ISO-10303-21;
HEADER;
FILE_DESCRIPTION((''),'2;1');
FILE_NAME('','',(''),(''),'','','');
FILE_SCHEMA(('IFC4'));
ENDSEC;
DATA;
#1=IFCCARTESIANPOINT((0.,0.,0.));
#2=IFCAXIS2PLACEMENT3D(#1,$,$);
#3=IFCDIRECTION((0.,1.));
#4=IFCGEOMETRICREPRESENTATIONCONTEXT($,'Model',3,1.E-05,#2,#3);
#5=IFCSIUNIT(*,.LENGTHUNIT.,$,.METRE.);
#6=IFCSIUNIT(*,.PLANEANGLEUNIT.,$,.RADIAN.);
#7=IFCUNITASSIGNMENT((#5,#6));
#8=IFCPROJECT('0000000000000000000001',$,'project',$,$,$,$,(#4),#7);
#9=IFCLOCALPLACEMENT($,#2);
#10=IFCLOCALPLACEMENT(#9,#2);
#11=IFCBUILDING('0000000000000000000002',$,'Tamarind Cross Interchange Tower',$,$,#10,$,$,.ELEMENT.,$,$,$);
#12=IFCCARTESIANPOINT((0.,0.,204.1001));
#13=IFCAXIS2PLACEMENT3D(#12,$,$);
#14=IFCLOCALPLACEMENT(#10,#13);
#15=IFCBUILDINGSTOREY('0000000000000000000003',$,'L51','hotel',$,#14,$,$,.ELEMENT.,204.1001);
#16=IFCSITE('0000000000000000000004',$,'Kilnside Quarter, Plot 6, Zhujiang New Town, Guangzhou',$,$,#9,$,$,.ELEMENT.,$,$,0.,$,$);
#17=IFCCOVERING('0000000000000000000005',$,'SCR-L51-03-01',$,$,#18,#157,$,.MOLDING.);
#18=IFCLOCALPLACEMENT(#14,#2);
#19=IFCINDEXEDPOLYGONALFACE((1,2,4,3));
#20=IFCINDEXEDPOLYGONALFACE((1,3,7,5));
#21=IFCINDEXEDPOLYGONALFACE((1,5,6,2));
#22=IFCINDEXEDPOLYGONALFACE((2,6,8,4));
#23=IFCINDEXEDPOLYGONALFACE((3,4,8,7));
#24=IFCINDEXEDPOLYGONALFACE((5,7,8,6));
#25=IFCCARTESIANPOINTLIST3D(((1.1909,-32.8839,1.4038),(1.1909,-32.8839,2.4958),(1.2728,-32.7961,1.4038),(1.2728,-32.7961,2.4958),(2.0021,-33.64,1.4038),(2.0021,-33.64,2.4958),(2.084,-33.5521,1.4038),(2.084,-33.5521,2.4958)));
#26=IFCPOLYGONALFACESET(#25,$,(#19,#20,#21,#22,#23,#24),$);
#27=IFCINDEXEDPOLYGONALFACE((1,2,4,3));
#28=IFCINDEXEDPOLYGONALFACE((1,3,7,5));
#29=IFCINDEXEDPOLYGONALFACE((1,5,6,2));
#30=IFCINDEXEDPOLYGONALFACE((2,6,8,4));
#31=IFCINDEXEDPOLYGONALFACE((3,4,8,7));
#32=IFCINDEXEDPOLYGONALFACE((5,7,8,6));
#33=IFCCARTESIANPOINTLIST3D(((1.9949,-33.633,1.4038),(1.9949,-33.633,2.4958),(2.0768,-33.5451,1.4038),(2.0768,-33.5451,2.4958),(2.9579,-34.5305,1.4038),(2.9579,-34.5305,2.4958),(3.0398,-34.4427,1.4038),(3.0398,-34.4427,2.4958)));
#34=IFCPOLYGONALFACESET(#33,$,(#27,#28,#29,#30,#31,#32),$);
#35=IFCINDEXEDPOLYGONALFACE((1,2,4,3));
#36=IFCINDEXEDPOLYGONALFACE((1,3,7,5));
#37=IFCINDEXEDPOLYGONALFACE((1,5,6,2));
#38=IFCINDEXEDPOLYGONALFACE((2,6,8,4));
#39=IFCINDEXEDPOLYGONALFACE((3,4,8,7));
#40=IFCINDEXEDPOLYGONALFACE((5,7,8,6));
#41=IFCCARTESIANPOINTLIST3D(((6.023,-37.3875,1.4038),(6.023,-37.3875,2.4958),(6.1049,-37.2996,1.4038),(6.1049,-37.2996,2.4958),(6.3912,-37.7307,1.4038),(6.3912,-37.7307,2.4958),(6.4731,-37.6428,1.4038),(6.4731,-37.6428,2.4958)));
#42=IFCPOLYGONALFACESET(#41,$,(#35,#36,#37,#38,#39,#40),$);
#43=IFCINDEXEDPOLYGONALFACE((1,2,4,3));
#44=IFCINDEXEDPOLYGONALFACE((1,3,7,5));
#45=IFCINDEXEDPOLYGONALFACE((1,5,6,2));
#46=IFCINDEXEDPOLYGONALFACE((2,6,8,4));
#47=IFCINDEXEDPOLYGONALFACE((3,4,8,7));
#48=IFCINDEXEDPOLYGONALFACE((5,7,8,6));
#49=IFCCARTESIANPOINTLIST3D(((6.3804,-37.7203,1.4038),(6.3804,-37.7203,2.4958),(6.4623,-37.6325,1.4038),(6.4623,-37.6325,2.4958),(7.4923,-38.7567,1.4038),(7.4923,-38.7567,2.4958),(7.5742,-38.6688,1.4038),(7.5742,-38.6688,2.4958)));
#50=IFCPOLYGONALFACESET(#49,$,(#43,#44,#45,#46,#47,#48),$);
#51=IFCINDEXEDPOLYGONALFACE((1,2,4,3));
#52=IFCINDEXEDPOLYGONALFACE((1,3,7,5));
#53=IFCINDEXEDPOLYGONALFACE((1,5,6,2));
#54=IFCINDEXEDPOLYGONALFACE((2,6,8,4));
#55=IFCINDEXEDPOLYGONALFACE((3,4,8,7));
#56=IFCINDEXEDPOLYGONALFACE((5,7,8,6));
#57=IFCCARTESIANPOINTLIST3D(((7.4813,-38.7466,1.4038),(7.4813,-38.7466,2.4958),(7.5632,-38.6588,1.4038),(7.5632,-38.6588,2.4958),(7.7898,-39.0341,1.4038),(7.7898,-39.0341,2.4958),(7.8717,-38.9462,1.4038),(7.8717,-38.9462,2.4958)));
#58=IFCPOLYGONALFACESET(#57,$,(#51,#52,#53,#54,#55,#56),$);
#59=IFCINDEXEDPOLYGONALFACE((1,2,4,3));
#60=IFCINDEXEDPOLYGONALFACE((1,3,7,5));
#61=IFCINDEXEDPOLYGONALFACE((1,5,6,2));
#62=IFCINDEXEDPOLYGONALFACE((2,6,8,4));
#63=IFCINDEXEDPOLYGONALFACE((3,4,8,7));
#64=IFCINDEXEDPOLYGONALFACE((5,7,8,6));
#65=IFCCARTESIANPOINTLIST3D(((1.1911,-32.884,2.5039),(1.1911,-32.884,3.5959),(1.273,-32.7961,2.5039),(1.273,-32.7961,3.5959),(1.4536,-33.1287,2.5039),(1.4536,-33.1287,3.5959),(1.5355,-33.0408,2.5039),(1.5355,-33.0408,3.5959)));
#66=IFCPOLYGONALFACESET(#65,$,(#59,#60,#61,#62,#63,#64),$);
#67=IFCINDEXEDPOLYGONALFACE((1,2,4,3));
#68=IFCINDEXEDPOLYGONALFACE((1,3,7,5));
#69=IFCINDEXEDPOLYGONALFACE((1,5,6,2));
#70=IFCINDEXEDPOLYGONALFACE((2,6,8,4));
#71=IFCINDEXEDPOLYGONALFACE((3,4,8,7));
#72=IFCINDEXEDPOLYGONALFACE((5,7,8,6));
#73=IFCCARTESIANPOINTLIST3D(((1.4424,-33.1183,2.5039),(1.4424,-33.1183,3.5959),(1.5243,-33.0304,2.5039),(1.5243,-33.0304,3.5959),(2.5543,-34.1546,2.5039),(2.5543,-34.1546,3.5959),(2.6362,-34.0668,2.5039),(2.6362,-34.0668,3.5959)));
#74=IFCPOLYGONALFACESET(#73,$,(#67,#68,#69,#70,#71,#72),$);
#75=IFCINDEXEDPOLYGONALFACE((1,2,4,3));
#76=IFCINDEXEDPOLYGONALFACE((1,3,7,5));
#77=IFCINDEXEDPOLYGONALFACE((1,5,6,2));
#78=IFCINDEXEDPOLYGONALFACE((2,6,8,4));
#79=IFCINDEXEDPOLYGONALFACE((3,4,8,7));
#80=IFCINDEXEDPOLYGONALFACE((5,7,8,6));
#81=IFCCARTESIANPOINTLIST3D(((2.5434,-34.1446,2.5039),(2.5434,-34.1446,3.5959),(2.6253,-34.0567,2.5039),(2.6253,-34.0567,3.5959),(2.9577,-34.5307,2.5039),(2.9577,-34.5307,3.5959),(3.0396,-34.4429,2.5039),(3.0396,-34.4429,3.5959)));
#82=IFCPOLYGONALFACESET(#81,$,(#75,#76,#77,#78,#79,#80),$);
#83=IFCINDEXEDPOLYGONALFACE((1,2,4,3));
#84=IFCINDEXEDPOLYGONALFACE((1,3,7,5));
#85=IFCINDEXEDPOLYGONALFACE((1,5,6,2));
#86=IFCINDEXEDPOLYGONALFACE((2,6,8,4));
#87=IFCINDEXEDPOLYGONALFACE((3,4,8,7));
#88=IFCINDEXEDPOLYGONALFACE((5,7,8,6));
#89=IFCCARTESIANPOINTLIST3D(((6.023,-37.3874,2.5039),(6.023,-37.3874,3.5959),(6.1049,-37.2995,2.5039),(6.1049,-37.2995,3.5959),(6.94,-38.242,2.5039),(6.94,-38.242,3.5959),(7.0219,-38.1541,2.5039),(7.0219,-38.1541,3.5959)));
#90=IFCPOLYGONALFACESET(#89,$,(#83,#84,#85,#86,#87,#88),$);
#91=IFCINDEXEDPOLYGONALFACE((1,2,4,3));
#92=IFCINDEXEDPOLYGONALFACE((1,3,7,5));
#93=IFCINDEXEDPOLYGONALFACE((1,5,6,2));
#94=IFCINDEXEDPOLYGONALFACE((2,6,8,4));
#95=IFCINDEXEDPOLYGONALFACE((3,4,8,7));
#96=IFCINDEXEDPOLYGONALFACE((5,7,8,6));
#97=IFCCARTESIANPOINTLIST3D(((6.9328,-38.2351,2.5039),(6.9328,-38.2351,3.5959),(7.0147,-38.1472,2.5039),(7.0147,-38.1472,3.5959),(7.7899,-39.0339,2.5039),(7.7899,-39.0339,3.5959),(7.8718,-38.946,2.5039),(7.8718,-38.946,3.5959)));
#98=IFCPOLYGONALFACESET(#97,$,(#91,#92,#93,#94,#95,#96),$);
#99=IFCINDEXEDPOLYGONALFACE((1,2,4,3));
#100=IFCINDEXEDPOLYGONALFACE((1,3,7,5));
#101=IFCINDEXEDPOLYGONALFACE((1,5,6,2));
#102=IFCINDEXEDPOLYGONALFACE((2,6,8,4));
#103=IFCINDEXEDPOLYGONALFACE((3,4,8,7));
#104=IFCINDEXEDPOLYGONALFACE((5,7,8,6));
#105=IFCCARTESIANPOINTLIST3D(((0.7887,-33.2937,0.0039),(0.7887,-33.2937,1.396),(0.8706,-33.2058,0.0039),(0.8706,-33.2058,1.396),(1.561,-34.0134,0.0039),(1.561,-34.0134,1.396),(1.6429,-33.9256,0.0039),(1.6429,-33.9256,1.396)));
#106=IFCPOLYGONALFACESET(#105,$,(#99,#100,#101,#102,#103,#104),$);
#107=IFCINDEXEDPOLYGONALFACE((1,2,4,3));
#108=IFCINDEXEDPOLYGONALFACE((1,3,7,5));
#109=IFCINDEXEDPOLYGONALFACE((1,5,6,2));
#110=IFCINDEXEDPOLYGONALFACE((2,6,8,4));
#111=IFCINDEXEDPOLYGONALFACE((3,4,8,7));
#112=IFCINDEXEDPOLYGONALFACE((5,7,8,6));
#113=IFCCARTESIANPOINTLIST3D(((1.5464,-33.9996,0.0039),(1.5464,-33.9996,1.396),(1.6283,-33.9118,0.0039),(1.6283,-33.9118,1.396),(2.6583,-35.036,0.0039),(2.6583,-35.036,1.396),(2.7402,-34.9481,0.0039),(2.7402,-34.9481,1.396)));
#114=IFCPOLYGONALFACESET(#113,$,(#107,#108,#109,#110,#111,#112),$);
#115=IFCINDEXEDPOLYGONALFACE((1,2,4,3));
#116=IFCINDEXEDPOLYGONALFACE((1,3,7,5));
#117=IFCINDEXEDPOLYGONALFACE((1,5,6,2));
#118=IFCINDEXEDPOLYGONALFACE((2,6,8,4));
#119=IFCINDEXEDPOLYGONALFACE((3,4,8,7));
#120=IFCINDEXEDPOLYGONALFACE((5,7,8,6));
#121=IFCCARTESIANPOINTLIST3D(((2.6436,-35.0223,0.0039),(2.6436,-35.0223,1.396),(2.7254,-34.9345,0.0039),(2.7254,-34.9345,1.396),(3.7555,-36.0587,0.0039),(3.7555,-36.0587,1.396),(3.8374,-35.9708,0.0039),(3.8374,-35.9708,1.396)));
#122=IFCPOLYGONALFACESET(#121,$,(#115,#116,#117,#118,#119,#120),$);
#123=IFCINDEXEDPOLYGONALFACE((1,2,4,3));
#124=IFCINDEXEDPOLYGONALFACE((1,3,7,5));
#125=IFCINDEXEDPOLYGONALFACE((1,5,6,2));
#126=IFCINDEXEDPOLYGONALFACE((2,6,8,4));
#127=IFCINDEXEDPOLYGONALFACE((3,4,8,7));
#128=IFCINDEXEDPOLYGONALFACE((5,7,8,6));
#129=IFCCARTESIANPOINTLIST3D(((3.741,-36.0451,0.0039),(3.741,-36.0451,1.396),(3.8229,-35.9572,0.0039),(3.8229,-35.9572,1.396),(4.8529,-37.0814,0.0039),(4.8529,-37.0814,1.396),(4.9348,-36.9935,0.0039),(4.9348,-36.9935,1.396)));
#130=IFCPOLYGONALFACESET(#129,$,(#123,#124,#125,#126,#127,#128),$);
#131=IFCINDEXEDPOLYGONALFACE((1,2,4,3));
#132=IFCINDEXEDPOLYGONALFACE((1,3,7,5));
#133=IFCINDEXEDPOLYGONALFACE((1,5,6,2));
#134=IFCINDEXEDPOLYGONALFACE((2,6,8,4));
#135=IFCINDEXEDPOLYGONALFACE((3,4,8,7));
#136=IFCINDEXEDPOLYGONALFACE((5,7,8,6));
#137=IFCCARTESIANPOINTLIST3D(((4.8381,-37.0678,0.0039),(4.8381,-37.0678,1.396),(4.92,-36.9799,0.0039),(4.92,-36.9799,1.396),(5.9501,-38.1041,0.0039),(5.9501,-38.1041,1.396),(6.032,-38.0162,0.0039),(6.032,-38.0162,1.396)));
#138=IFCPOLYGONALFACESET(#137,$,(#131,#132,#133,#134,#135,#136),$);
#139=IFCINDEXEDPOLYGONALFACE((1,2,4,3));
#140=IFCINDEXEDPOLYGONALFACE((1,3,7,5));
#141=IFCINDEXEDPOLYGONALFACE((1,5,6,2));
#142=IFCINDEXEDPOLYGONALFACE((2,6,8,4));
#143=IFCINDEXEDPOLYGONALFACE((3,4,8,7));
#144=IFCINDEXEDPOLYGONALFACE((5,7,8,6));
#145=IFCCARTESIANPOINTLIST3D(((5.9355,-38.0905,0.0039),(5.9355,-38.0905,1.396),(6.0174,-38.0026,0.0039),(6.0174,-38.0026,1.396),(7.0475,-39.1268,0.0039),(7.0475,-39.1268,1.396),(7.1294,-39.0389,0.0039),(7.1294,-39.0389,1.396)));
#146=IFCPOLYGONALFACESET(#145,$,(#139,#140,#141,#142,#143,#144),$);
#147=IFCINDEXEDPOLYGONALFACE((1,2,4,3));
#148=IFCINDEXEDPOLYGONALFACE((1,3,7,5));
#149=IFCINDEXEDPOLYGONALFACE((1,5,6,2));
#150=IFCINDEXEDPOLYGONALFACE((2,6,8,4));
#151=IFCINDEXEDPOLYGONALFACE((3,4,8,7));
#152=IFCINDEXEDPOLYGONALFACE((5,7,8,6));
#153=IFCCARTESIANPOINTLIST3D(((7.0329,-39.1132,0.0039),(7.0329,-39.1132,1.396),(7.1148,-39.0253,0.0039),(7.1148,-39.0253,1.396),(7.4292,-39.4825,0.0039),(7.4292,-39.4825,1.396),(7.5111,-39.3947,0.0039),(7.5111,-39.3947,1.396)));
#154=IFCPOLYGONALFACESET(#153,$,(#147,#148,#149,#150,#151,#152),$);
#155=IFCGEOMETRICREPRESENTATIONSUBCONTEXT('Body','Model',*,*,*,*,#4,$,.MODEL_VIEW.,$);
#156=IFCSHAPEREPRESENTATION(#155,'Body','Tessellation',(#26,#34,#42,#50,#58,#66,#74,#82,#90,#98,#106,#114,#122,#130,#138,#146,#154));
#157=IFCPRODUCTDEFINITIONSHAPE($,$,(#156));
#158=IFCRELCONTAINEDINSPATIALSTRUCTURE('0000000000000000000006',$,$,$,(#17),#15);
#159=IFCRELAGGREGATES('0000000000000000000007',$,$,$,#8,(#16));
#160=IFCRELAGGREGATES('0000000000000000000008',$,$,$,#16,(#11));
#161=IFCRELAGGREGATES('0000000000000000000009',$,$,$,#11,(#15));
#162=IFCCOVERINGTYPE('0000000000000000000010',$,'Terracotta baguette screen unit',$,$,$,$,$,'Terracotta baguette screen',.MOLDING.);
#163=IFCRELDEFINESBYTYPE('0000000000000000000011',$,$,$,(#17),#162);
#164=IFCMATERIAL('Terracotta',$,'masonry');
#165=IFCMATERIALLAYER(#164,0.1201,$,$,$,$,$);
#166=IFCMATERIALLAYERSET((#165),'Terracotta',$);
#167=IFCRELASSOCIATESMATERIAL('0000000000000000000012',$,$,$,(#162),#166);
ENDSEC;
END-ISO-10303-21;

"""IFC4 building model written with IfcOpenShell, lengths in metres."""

from ifc_helpers import new_model, si_unit, direction, frame, origin, origin_2d, place, context, subcontext, project, spatial, rectangle, extrude, material, layer, layer_set, type_object, element, save


model = new_model("IFC4")

# Units and contexts
model_context = context("Model", 3, precision=1e-05, world=origin(), true_north=direction((0.0, 1.0)))
body_context = subcontext(model_context, "Body", "Model", "MODEL_VIEW")
ifc_project = project(units=[si_unit("LENGTHUNIT", "METRE"), si_unit("PLANEANGLEUNIT", "RADIAN")], contexts=[model_context])

# Site, building, storey
site_placement = place(None, origin())
site = spatial("IfcSite", under=ifc_project, at=site_placement, Name="Kilnside Quarter, Plot 6, Zhujiang New Town, Guangzhou", CompositionType="ELEMENT", RefElevation=0.0)
building_placement = place(site_placement, origin())
building = spatial("IfcBuilding", under=site, at=building_placement, Name="Tamarind Cross Interchange Tower", CompositionType="ELEMENT")
storey_placement = place(building_placement, frame((0.0, 0.0, 204.1001)))
storey = spatial("IfcBuildingStorey", under=building, at=storey_placement, Name="L51", Description="hotel", CompositionType="ELEMENT", Elevation=204.1001)

# Covering
ifc_material_1 = material(Name="Terracotta", Category="masonry")
ifc_layer_1 = layer(ifc_material_1, 0.1201)
ifc_layer_set_1 = layer_set([ifc_layer_1], Name="Terracotta")
covering_type = type_object("IfcCoveringType", Name="Terracotta baguette screen unit", ElementType="Terracotta baguette screen", PredefinedType="MOLDING", material=ifc_layer_set_1)
covering_1_placement = place(storey_placement, origin())
element("IfcCovering", 1, at=covering_1_placement, inside=storey, type_object=covering_type, Name="SCR-L51-03-01", PredefinedType="MOLDING", context=body_context, shape_type="SweptSolid", body=[
    extrude(rectangle(XDim=1.1089, YDim=0.1201, at=origin_2d()), frame((1.6375, -33.218, 1.4038), z_axis=(0.0, 0.0, 1.0), x_axis=(0.731544, -0.681794, 0.0)), (0.0, 0.0, 1.0), 1.092),
    extrude(rectangle(XDim=1.3164, YDim=0.1201, at=origin_2d()), frame((2.5173, -34.0378, 1.4038), z_axis=(0.0, 0.0, 1.0), x_axis=(0.731544, -0.681794, 0.0)), (0.0, 0.0, 1.0), 1.092),
    extrude(rectangle(XDim=0.5034, YDim=0.1201, at=origin_2d()), frame((6.248, -37.5151, 1.4038), z_axis=(0.0, 0.0, 1.0), x_axis=(0.731544, -0.681794, 0.0)), (0.0, 0.0, 1.0), 1.092),
    extrude(rectangle(XDim=1.52, YDim=0.1201, at=origin_2d()), frame((6.9773, -38.1946, 1.4038), z_axis=(0.0, 0.0, 1.0), x_axis=(0.731544, -0.681794, 0.0)), (0.0, 0.0, 1.0), 1.092),
    extrude(rectangle(XDim=0.4216, YDim=0.1201, at=origin_2d()), frame((7.6765, -38.8464, 1.4038), z_axis=(0.0, 0.0, 1.0), x_axis=(0.731544, -0.681794, 0.0)), (0.0, 0.0, 1.0), 1.092),
    extrude(rectangle(XDim=0.3589, YDim=0.1201, at=origin_2d()), frame((1.3633, -32.9624, 2.5039), z_axis=(0.0, 0.0, 1.0), x_axis=(0.731544, -0.681794, 0.0)), (0.0, 0.0, 1.0), 1.092),
    extrude(rectangle(XDim=1.52, YDim=0.1201, at=origin_2d()), frame((2.0393, -33.5925, 2.5039), z_axis=(0.0, 0.0, 1.0), x_axis=(0.731544, -0.681794, 0.0)), (0.0, 0.0, 1.0), 1.092),
    extrude(rectangle(XDim=0.5664, YDim=0.1201, at=origin_2d()), frame((2.7915, -34.2937, 2.5039), z_axis=(0.0, 0.0, 1.0), x_axis=(0.731544, -0.681794, 0.0)), (0.0, 0.0, 1.0), 1.092),
    extrude(rectangle(XDim=1.2534, YDim=0.1201, at=origin_2d()), frame((6.5225, -37.7708, 2.5039), z_axis=(0.0, 0.0, 1.0), x_axis=(0.731544, -0.681794, 0.0)), (0.0, 0.0, 1.0), 1.092),
    extrude(rectangle(XDim=1.1716, YDim=0.1201, at=origin_2d()), frame((7.4023, -38.5906, 2.5039), z_axis=(0.0, 0.0, 1.0), x_axis=(0.731544, -0.681794, 0.0)), (0.0, 0.0, 1.0), 1.092),
    extrude(rectangle(XDim=1.0557, YDim=0.1201, at=origin_2d()), frame((1.2158, -33.6096, 0.0039), z_axis=(0.0, 0.0, 1.0), x_axis=(0.731544, -0.681794, 0.0)), (0.0, 0.0, 1.0), 1.3921),
    extrude(rectangle(XDim=1.52, YDim=0.1201, at=origin_2d()), frame((2.1433, -34.4739, 0.0039), z_axis=(0.0, 0.0, 1.0), x_axis=(0.731544, -0.681794, 0.0)), (0.0, 0.0, 1.0), 1.3921),
    extrude(rectangle(XDim=1.52, YDim=0.1201, at=origin_2d()), frame((3.2405, -35.4966, 0.0039), z_axis=(0.0, 0.0, 1.0), x_axis=(0.731544, -0.681794, 0.0)), (0.0, 0.0, 1.0), 1.3921),
    extrude(rectangle(XDim=1.52, YDim=0.1201, at=origin_2d()), frame((4.3379, -36.5193, 0.0039), z_axis=(0.0, 0.0, 1.0), x_axis=(0.731544, -0.681794, 0.0)), (0.0, 0.0, 1.0), 1.3921),
    extrude(rectangle(XDim=1.52, YDim=0.1201, at=origin_2d()), frame((5.4351, -37.542, 0.0039), z_axis=(0.0, 0.0, 1.0), x_axis=(0.731544, -0.681794, 0.0)), (0.0, 0.0, 1.0), 1.3921),
    extrude(rectangle(XDim=1.52, YDim=0.1201, at=origin_2d()), frame((6.5325, -38.5647, 0.0039), z_axis=(0.0, 0.0, 1.0), x_axis=(0.731544, -0.681794, 0.0)), (0.0, 0.0, 1.0), 1.3921),
    extrude(rectangle(XDim=0.5417, YDim=0.1201, at=origin_2d()), frame((7.272, -39.2539, 0.0039), z_axis=(0.0, 0.0, 1.0), x_axis=(0.731544, -0.681794, 0.0)), (0.0, 0.0, 1.0), 1.3921),
])

save(model, "model.ifc")
